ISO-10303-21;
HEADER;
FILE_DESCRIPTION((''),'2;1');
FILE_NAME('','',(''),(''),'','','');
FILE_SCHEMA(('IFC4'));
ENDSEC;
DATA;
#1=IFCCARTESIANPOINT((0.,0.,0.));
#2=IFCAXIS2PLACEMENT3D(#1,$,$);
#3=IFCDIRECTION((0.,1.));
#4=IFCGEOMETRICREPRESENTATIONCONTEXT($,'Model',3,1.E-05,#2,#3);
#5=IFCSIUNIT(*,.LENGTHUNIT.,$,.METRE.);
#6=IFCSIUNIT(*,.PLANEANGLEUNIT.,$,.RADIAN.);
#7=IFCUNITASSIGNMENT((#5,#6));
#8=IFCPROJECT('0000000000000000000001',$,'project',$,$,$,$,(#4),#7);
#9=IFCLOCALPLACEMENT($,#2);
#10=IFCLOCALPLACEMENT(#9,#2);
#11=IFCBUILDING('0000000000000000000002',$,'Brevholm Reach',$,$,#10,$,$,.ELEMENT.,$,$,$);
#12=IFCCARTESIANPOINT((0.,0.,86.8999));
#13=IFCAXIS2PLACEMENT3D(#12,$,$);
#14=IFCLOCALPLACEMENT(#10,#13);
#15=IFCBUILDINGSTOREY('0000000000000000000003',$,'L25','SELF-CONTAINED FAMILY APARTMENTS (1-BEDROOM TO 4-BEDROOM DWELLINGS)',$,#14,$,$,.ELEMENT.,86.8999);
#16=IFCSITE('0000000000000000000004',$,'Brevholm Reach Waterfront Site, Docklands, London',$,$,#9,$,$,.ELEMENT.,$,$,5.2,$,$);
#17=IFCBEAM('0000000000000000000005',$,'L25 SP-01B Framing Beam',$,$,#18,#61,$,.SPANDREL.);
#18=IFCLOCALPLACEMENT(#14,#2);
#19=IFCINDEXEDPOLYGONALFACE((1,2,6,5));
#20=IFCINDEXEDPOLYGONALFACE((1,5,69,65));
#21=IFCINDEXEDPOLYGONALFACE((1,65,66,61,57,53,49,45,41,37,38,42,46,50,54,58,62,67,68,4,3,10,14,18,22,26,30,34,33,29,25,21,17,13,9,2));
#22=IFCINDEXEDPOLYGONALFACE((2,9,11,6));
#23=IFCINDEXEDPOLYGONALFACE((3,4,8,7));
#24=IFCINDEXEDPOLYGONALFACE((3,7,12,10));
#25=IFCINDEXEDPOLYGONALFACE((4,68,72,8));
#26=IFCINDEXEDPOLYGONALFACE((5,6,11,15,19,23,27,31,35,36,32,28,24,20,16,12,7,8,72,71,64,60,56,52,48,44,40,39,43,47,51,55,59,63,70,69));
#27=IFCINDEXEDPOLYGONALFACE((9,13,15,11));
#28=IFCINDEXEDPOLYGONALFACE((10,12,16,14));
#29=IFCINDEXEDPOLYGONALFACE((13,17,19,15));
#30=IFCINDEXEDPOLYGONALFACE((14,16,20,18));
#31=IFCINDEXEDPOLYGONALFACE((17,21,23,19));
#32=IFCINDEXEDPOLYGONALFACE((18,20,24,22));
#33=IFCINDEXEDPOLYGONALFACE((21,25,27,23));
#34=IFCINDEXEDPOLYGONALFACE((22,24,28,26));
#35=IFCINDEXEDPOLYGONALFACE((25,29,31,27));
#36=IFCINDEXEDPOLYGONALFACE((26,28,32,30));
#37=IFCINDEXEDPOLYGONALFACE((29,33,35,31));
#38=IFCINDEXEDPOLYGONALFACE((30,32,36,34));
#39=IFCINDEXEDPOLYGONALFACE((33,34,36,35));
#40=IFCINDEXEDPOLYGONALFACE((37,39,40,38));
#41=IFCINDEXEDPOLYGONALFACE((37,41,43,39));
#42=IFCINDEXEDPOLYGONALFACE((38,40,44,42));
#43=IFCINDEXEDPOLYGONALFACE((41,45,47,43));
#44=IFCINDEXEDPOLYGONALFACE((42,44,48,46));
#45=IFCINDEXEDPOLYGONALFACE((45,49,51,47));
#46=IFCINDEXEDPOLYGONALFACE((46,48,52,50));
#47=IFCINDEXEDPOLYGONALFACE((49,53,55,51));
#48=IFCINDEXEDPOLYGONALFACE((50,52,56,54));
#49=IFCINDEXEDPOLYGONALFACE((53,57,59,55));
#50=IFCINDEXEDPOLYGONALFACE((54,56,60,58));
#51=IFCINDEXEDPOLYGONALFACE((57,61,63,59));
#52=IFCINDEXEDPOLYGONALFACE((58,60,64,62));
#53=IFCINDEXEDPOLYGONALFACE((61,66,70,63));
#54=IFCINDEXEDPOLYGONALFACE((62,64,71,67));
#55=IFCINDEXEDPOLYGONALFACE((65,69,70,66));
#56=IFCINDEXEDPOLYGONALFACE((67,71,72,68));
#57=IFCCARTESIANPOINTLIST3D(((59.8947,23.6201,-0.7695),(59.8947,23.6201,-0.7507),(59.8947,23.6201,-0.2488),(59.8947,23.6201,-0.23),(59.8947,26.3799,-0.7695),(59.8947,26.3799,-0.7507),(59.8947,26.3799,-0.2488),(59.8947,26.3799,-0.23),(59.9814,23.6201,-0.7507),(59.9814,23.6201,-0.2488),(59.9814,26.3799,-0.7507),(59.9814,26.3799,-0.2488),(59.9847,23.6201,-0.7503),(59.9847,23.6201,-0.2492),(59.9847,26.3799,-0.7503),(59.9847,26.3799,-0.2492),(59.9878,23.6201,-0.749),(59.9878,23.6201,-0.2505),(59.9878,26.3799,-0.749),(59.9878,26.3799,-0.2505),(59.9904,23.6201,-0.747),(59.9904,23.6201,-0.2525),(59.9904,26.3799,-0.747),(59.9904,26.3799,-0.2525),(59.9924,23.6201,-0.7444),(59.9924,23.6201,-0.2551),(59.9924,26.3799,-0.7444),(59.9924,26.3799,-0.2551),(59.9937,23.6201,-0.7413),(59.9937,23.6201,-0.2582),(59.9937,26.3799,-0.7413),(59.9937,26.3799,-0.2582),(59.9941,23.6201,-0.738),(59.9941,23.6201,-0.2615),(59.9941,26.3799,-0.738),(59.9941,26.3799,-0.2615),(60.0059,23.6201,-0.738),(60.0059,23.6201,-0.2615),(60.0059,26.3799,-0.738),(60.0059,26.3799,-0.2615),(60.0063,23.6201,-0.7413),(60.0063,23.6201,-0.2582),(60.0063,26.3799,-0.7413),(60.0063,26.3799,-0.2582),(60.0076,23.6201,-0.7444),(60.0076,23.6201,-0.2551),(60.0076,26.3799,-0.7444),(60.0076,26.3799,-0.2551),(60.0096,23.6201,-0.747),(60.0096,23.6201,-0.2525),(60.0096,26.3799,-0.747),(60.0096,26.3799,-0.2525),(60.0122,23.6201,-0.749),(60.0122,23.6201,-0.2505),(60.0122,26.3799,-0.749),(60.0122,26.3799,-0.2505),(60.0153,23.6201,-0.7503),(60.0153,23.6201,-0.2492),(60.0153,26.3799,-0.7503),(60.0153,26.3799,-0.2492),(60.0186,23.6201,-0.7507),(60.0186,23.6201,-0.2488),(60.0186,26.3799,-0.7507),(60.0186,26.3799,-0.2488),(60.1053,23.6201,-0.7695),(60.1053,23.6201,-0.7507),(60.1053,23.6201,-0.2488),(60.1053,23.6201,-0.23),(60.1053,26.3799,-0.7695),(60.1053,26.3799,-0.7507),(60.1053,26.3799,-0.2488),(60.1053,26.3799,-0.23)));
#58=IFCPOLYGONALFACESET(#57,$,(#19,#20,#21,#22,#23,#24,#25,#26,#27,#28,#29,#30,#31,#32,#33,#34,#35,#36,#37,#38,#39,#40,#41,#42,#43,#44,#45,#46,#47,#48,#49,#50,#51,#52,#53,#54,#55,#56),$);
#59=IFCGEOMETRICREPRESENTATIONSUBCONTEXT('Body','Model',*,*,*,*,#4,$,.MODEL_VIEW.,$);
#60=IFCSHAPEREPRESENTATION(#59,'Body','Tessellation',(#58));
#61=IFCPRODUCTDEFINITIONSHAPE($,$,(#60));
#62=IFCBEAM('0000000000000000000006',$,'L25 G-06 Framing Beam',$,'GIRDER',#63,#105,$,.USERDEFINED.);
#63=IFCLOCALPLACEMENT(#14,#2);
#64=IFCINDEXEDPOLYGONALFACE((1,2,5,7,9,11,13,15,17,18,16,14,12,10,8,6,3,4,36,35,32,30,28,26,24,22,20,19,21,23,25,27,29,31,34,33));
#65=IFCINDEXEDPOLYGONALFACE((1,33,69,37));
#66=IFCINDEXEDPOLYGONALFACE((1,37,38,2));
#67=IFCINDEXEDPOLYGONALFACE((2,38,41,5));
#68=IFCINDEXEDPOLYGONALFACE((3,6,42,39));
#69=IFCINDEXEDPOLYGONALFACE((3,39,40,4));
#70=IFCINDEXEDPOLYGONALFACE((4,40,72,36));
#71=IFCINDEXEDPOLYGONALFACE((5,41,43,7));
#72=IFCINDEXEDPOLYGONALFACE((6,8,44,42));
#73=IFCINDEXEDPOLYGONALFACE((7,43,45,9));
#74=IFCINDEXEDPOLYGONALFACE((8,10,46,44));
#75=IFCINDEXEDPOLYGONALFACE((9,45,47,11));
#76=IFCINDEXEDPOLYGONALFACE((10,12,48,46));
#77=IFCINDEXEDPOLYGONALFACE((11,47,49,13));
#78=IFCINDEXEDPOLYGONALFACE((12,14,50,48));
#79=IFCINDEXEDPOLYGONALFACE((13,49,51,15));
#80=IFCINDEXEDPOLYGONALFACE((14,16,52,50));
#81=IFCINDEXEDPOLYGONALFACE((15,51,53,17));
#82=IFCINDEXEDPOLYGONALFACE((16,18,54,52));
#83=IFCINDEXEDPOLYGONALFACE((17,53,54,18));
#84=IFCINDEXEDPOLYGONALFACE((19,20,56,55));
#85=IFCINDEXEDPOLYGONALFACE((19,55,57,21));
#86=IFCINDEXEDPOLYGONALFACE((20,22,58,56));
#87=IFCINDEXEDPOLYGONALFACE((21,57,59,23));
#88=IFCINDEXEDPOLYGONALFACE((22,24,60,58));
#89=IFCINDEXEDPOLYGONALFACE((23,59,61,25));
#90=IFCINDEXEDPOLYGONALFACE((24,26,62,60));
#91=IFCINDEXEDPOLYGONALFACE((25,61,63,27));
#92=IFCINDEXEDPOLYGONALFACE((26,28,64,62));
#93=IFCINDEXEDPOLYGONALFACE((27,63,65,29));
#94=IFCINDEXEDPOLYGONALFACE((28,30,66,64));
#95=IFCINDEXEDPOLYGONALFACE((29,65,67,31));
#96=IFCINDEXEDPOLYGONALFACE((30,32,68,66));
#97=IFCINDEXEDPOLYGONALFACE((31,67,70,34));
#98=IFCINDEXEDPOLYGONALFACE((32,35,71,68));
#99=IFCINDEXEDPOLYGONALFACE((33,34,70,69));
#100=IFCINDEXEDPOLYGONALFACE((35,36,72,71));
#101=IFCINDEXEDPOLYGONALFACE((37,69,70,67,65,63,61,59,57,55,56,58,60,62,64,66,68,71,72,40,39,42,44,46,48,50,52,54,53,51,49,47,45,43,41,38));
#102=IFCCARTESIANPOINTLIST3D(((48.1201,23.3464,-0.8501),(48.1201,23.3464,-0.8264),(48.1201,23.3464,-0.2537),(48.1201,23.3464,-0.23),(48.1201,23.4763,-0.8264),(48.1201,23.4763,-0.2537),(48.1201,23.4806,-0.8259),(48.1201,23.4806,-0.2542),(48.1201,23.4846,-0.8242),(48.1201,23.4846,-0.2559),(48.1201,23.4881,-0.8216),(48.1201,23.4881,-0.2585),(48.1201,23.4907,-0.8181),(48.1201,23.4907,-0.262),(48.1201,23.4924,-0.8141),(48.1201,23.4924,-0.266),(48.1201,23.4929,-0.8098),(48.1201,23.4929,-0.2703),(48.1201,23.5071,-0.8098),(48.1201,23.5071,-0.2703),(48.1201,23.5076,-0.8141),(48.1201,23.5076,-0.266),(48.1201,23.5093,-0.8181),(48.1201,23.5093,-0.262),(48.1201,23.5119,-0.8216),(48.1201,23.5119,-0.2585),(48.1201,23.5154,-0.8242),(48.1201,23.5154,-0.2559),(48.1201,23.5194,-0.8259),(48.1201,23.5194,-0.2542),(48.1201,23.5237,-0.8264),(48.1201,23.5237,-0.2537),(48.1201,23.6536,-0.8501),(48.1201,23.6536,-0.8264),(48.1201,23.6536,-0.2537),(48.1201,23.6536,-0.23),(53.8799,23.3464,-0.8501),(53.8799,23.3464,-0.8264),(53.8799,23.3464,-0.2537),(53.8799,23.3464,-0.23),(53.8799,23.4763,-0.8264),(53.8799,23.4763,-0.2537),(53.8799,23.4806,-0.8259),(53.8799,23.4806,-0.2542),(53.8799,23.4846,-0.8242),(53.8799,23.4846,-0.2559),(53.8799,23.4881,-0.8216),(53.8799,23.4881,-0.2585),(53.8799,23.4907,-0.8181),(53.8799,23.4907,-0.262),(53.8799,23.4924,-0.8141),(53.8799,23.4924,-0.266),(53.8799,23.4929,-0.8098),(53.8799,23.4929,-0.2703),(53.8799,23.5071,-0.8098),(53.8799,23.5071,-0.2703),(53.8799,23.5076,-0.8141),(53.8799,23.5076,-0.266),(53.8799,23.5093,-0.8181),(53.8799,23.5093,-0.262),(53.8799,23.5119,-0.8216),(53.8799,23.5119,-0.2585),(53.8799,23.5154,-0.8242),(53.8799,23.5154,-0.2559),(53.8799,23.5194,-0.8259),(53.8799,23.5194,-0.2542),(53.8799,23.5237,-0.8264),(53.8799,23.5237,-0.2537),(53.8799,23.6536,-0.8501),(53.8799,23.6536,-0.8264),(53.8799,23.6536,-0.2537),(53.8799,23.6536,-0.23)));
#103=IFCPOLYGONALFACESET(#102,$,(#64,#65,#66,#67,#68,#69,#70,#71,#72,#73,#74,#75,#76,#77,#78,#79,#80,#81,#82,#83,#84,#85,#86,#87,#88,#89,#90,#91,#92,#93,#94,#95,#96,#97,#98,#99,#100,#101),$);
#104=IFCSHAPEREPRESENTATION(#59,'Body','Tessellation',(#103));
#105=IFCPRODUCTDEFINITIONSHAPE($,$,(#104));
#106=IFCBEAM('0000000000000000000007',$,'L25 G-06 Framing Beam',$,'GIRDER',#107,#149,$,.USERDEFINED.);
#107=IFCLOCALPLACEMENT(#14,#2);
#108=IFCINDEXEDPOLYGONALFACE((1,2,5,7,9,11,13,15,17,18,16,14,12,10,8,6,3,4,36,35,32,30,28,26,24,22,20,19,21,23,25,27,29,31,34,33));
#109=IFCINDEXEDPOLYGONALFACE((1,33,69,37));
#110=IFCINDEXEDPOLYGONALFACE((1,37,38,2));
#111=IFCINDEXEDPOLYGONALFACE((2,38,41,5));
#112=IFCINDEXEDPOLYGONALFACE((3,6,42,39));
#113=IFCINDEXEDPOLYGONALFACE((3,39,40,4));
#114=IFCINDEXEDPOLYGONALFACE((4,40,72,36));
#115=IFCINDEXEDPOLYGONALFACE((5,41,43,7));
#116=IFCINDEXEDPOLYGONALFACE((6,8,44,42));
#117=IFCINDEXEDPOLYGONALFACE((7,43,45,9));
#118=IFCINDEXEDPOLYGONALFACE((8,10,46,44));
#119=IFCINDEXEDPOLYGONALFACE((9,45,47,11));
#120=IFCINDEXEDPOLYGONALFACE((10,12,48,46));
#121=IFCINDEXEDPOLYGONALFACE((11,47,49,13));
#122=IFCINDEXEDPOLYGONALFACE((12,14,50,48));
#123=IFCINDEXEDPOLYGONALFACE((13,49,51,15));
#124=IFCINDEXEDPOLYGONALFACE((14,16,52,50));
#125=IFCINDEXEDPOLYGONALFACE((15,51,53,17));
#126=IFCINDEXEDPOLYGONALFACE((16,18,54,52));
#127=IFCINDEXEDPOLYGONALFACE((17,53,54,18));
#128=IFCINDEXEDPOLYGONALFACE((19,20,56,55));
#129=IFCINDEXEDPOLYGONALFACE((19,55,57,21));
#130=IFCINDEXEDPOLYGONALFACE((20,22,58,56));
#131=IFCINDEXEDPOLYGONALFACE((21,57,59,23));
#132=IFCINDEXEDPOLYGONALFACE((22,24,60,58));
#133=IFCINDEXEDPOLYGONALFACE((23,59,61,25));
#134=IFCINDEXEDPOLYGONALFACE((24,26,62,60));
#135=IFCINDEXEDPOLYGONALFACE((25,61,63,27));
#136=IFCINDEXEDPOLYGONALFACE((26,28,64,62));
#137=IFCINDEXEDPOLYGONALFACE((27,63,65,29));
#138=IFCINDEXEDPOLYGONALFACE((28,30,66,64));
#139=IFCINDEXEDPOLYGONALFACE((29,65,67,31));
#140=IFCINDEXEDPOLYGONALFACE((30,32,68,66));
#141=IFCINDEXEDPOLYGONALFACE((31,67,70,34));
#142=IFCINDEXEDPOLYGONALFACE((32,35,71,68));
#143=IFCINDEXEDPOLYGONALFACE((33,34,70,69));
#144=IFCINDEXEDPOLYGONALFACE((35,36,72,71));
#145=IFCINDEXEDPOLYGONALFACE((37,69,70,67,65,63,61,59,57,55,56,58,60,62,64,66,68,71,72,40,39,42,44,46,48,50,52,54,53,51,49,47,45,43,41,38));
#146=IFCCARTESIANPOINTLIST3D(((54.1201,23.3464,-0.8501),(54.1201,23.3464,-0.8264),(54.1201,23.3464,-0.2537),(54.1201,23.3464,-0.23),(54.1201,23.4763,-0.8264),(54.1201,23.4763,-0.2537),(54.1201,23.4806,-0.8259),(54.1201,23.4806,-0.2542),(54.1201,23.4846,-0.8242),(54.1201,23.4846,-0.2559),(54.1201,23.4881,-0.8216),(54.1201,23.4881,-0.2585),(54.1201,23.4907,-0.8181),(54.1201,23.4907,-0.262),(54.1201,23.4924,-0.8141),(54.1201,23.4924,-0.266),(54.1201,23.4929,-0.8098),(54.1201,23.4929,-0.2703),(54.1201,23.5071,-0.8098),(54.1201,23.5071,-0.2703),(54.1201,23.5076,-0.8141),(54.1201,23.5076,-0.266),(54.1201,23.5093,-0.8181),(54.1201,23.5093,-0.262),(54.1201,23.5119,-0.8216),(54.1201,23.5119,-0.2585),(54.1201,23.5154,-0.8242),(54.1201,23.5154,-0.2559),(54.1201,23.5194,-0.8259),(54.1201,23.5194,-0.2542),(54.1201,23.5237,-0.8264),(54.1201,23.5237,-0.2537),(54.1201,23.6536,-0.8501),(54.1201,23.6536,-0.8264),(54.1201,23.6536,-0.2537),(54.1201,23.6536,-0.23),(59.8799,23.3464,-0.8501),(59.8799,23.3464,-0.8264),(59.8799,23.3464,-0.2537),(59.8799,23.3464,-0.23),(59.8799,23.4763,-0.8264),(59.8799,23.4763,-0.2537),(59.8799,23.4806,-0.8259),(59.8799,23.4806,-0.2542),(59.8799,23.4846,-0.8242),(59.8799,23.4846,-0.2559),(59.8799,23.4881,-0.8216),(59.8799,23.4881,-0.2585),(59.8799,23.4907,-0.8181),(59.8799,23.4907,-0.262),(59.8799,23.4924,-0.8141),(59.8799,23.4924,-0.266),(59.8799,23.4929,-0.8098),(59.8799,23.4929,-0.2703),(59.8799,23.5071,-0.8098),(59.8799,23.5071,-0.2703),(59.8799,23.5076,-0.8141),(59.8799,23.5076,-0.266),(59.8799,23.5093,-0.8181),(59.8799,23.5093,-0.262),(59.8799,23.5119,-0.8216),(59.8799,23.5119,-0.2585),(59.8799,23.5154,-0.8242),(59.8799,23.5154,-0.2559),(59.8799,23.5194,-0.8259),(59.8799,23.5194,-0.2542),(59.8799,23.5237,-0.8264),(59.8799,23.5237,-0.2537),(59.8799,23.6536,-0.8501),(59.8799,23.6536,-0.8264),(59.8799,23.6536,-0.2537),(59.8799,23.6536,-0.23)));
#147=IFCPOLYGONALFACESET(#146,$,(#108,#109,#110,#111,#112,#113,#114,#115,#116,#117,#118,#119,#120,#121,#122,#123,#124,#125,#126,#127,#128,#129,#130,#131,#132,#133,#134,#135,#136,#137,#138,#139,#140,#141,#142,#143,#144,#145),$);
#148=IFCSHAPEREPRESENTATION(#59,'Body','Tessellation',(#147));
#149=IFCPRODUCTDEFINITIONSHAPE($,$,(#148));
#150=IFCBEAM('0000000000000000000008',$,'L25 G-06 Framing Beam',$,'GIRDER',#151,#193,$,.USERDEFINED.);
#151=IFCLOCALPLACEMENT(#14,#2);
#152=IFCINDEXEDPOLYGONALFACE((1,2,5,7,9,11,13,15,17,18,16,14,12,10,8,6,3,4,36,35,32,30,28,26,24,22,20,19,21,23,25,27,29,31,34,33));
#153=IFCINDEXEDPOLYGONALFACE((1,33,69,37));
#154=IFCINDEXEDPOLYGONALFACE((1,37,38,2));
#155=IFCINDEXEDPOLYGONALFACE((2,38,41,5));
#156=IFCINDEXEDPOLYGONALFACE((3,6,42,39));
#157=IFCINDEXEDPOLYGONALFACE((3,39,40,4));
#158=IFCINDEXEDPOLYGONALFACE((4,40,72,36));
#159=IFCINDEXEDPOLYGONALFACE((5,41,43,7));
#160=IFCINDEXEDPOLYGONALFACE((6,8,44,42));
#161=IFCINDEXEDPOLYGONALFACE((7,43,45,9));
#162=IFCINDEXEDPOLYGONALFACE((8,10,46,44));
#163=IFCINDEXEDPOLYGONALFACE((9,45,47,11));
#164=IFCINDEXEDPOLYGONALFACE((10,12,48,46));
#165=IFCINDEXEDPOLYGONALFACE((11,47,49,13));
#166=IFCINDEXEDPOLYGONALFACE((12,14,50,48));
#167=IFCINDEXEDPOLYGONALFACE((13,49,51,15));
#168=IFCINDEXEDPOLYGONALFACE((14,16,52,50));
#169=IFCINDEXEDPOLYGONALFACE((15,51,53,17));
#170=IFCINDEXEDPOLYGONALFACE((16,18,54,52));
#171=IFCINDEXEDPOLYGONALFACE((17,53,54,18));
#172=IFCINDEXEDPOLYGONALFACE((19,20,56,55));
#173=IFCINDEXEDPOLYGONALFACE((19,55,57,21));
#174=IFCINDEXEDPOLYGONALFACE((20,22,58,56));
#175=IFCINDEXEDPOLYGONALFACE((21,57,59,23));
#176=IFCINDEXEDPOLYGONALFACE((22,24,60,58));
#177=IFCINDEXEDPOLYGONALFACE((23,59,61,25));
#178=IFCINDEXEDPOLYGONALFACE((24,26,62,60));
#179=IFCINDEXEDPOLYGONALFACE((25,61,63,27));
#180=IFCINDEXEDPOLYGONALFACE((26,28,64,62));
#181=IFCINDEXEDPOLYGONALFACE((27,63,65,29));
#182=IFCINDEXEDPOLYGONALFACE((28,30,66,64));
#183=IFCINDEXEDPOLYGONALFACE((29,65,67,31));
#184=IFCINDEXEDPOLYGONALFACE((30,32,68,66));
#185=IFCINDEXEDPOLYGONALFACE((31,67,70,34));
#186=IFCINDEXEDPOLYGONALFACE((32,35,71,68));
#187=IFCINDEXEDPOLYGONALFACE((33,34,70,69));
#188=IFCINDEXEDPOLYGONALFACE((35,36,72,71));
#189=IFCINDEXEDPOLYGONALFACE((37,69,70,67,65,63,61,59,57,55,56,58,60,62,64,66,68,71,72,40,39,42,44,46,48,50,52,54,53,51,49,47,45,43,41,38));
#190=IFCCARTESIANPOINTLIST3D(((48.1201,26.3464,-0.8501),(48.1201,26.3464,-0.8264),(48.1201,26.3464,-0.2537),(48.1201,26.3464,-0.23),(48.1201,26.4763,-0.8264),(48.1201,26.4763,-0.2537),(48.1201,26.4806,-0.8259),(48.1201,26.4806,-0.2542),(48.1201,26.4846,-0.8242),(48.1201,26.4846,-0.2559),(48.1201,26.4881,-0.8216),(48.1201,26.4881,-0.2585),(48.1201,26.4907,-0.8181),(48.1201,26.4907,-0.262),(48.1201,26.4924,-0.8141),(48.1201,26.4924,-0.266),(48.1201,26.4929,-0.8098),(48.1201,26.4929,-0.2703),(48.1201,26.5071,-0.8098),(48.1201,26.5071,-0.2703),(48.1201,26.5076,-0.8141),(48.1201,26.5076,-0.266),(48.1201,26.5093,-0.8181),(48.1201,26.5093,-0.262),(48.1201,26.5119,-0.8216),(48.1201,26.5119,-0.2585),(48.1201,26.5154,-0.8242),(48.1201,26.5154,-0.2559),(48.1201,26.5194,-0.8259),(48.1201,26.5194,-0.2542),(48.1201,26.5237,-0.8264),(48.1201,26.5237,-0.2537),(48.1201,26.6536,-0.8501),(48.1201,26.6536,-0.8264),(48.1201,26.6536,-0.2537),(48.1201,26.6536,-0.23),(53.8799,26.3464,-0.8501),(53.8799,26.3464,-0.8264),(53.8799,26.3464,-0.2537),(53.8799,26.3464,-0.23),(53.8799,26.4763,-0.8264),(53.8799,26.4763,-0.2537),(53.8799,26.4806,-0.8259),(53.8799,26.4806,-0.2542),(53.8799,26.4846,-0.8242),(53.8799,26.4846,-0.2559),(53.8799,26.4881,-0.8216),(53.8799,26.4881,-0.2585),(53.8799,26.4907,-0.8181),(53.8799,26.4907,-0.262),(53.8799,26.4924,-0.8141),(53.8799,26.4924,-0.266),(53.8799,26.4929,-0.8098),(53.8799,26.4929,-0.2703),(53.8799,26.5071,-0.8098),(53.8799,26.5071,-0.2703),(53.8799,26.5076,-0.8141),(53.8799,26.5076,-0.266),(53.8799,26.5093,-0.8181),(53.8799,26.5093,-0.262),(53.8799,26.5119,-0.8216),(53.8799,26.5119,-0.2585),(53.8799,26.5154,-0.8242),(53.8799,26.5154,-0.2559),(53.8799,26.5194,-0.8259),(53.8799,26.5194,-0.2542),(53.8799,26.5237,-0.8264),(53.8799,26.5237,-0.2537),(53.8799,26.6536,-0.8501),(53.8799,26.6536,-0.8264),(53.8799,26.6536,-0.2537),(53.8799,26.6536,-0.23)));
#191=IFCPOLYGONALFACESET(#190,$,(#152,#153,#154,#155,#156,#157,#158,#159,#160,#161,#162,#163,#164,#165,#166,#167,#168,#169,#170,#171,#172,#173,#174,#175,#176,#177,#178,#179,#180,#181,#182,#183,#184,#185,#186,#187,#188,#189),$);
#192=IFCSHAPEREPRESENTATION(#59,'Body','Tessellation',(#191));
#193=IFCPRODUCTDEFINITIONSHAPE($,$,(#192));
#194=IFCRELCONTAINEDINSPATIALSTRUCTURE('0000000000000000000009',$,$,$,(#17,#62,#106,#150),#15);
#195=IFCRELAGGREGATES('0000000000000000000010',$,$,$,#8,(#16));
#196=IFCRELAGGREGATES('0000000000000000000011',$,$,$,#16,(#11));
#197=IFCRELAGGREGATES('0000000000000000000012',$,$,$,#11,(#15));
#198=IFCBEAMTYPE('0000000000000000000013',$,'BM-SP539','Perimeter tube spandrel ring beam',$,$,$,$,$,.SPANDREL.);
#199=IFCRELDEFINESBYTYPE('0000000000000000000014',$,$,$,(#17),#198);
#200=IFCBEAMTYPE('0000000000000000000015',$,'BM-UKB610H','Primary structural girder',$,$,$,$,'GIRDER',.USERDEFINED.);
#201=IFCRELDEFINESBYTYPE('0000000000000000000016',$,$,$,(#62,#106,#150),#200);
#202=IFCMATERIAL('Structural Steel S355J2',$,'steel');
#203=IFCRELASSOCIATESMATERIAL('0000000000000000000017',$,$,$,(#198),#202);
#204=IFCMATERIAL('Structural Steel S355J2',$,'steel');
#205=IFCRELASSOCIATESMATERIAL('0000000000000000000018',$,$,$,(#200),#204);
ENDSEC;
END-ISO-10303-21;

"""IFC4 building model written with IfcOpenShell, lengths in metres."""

from ifc_helpers import new_model, si_unit, direction, frame, origin, origin_2d, place, context, subcontext, project, spatial, i_section, extrude, material, material_profile, profile_set, type_object, element, save


model = new_model("IFC4")

# Units and contexts
model_context = context("Model", 3, precision=1e-05, world=origin(), true_north=direction((0.0, 1.0)))
body_context = subcontext(model_context, "Body", "Model", "MODEL_VIEW")
ifc_project = project(units=[si_unit("LENGTHUNIT", "METRE"), si_unit("PLANEANGLEUNIT", "RADIAN")], contexts=[model_context])

# Site, building, storey
site_placement = place(None, origin())
site = spatial("IfcSite", under=ifc_project, at=site_placement, Name="Brevholm Reach Waterfront Site, Docklands, London", CompositionType="ELEMENT", RefElevation=5.2)
building_placement = place(site_placement, origin())
building = spatial("IfcBuilding", under=site, at=building_placement, Name="Brevholm Reach", CompositionType="ELEMENT")
storey_placement = place(building_placement, frame((0.0, 0.0, 86.8999)))
storey = spatial("IfcBuildingStorey", under=building, at=storey_placement, Name="L25", Description="SELF-CONTAINED FAMILY APARTMENTS (1-BEDROOM TO 4-BEDROOM DWELLINGS)", CompositionType="ELEMENT", Elevation=86.8999)

# Beams
ifc_material_1 = material(Name="Structural Steel S355J2", Category="steel")
ifc_material_profile_1 = material_profile(ifc_material_1, i_section(OverallWidth=0.2107, OverallDepth=0.5396, WebThickness=0.0117, FlangeThickness=0.0188, FilletRadius=0.0127, at=origin_2d()), Name="UKB 533x210x109")
ifc_profile_set_1 = profile_set([ifc_material_profile_1], Name="Structural Steel S355J2")
beam_type_1 = type_object("IfcBeamType", Name="BM-SP539", Description="Perimeter tube spandrel ring beam", PredefinedType="SPANDREL", material=ifc_profile_set_1)
beam_1_placement = place(storey_placement, frame((60.0, 23.6201, -0.4998), z_axis=(0.0, 1.0, 0.0), x_axis=(-1.0, 0.0, 0.0)))
element("IfcBeam", 1, at=beam_1_placement, inside=storey, type_object=beam_type_1, Name="L25 SP-01B Framing Beam", PredefinedType="SPANDREL", context=body_context, shape_type="SweptSolid", body=[
    extrude(i_section(OverallWidth=0.2107, OverallDepth=0.5396, WebThickness=0.0117, FlangeThickness=0.0188, FilletRadius=0.0127, at=origin_2d()), origin(), (0.0, 0.0, 1.0), 2.7598),
])
ifc_material_2 = material(Name="Structural Steel S355J2", Category="steel")
ifc_material_profile_2 = material_profile(ifc_material_2, i_section(OverallWidth=0.3071, OverallDepth=0.6201, WebThickness=0.0142, FlangeThickness=0.0237, FilletRadius=0.0166, at=origin_2d()), Name="UKB 610x305x179")
ifc_profile_set_2 = profile_set([ifc_material_profile_2], Name="Structural Steel S355J2")
beam_type_2 = type_object("IfcBeamType", Name="BM-UKB610H", Description="Primary structural girder", ElementType="GIRDER", PredefinedType="USERDEFINED", material=ifc_profile_set_2)
for number, where, z_axis, x_axis, name in (
    (2, (48.1201, 23.5, -0.54), (1.0, 0.0, 0.0), (0.0, 1.0, 0.0), "L25 G-06 Framing Beam"),
    (3, (54.1201, 23.5, -0.54), (1.0, 0.0, 0.0), (0.0, 1.0, 0.0), "L25 G-06 Framing Beam"),
    (4, (48.1201, 26.5, -0.54), (1.0, 0.0, 0.0), (0.0, 1.0, 0.0), "L25 G-06 Framing Beam"),
):
    element("IfcBeam", number, at=place(storey_placement, frame(where, z_axis=z_axis, x_axis=x_axis)), inside=storey, type_object=beam_type_2, Name=name, ObjectType="GIRDER", PredefinedType="USERDEFINED", context=body_context, shape_type="SweptSolid", body=[
        extrude(i_section(OverallWidth=0.3071, OverallDepth=0.6201, WebThickness=0.0142, FlangeThickness=0.0237, FilletRadius=0.0166, at=origin_2d()), origin(), (0.0, 0.0, 1.0), 5.7598),
    ])

save(model, "model.ifc")
